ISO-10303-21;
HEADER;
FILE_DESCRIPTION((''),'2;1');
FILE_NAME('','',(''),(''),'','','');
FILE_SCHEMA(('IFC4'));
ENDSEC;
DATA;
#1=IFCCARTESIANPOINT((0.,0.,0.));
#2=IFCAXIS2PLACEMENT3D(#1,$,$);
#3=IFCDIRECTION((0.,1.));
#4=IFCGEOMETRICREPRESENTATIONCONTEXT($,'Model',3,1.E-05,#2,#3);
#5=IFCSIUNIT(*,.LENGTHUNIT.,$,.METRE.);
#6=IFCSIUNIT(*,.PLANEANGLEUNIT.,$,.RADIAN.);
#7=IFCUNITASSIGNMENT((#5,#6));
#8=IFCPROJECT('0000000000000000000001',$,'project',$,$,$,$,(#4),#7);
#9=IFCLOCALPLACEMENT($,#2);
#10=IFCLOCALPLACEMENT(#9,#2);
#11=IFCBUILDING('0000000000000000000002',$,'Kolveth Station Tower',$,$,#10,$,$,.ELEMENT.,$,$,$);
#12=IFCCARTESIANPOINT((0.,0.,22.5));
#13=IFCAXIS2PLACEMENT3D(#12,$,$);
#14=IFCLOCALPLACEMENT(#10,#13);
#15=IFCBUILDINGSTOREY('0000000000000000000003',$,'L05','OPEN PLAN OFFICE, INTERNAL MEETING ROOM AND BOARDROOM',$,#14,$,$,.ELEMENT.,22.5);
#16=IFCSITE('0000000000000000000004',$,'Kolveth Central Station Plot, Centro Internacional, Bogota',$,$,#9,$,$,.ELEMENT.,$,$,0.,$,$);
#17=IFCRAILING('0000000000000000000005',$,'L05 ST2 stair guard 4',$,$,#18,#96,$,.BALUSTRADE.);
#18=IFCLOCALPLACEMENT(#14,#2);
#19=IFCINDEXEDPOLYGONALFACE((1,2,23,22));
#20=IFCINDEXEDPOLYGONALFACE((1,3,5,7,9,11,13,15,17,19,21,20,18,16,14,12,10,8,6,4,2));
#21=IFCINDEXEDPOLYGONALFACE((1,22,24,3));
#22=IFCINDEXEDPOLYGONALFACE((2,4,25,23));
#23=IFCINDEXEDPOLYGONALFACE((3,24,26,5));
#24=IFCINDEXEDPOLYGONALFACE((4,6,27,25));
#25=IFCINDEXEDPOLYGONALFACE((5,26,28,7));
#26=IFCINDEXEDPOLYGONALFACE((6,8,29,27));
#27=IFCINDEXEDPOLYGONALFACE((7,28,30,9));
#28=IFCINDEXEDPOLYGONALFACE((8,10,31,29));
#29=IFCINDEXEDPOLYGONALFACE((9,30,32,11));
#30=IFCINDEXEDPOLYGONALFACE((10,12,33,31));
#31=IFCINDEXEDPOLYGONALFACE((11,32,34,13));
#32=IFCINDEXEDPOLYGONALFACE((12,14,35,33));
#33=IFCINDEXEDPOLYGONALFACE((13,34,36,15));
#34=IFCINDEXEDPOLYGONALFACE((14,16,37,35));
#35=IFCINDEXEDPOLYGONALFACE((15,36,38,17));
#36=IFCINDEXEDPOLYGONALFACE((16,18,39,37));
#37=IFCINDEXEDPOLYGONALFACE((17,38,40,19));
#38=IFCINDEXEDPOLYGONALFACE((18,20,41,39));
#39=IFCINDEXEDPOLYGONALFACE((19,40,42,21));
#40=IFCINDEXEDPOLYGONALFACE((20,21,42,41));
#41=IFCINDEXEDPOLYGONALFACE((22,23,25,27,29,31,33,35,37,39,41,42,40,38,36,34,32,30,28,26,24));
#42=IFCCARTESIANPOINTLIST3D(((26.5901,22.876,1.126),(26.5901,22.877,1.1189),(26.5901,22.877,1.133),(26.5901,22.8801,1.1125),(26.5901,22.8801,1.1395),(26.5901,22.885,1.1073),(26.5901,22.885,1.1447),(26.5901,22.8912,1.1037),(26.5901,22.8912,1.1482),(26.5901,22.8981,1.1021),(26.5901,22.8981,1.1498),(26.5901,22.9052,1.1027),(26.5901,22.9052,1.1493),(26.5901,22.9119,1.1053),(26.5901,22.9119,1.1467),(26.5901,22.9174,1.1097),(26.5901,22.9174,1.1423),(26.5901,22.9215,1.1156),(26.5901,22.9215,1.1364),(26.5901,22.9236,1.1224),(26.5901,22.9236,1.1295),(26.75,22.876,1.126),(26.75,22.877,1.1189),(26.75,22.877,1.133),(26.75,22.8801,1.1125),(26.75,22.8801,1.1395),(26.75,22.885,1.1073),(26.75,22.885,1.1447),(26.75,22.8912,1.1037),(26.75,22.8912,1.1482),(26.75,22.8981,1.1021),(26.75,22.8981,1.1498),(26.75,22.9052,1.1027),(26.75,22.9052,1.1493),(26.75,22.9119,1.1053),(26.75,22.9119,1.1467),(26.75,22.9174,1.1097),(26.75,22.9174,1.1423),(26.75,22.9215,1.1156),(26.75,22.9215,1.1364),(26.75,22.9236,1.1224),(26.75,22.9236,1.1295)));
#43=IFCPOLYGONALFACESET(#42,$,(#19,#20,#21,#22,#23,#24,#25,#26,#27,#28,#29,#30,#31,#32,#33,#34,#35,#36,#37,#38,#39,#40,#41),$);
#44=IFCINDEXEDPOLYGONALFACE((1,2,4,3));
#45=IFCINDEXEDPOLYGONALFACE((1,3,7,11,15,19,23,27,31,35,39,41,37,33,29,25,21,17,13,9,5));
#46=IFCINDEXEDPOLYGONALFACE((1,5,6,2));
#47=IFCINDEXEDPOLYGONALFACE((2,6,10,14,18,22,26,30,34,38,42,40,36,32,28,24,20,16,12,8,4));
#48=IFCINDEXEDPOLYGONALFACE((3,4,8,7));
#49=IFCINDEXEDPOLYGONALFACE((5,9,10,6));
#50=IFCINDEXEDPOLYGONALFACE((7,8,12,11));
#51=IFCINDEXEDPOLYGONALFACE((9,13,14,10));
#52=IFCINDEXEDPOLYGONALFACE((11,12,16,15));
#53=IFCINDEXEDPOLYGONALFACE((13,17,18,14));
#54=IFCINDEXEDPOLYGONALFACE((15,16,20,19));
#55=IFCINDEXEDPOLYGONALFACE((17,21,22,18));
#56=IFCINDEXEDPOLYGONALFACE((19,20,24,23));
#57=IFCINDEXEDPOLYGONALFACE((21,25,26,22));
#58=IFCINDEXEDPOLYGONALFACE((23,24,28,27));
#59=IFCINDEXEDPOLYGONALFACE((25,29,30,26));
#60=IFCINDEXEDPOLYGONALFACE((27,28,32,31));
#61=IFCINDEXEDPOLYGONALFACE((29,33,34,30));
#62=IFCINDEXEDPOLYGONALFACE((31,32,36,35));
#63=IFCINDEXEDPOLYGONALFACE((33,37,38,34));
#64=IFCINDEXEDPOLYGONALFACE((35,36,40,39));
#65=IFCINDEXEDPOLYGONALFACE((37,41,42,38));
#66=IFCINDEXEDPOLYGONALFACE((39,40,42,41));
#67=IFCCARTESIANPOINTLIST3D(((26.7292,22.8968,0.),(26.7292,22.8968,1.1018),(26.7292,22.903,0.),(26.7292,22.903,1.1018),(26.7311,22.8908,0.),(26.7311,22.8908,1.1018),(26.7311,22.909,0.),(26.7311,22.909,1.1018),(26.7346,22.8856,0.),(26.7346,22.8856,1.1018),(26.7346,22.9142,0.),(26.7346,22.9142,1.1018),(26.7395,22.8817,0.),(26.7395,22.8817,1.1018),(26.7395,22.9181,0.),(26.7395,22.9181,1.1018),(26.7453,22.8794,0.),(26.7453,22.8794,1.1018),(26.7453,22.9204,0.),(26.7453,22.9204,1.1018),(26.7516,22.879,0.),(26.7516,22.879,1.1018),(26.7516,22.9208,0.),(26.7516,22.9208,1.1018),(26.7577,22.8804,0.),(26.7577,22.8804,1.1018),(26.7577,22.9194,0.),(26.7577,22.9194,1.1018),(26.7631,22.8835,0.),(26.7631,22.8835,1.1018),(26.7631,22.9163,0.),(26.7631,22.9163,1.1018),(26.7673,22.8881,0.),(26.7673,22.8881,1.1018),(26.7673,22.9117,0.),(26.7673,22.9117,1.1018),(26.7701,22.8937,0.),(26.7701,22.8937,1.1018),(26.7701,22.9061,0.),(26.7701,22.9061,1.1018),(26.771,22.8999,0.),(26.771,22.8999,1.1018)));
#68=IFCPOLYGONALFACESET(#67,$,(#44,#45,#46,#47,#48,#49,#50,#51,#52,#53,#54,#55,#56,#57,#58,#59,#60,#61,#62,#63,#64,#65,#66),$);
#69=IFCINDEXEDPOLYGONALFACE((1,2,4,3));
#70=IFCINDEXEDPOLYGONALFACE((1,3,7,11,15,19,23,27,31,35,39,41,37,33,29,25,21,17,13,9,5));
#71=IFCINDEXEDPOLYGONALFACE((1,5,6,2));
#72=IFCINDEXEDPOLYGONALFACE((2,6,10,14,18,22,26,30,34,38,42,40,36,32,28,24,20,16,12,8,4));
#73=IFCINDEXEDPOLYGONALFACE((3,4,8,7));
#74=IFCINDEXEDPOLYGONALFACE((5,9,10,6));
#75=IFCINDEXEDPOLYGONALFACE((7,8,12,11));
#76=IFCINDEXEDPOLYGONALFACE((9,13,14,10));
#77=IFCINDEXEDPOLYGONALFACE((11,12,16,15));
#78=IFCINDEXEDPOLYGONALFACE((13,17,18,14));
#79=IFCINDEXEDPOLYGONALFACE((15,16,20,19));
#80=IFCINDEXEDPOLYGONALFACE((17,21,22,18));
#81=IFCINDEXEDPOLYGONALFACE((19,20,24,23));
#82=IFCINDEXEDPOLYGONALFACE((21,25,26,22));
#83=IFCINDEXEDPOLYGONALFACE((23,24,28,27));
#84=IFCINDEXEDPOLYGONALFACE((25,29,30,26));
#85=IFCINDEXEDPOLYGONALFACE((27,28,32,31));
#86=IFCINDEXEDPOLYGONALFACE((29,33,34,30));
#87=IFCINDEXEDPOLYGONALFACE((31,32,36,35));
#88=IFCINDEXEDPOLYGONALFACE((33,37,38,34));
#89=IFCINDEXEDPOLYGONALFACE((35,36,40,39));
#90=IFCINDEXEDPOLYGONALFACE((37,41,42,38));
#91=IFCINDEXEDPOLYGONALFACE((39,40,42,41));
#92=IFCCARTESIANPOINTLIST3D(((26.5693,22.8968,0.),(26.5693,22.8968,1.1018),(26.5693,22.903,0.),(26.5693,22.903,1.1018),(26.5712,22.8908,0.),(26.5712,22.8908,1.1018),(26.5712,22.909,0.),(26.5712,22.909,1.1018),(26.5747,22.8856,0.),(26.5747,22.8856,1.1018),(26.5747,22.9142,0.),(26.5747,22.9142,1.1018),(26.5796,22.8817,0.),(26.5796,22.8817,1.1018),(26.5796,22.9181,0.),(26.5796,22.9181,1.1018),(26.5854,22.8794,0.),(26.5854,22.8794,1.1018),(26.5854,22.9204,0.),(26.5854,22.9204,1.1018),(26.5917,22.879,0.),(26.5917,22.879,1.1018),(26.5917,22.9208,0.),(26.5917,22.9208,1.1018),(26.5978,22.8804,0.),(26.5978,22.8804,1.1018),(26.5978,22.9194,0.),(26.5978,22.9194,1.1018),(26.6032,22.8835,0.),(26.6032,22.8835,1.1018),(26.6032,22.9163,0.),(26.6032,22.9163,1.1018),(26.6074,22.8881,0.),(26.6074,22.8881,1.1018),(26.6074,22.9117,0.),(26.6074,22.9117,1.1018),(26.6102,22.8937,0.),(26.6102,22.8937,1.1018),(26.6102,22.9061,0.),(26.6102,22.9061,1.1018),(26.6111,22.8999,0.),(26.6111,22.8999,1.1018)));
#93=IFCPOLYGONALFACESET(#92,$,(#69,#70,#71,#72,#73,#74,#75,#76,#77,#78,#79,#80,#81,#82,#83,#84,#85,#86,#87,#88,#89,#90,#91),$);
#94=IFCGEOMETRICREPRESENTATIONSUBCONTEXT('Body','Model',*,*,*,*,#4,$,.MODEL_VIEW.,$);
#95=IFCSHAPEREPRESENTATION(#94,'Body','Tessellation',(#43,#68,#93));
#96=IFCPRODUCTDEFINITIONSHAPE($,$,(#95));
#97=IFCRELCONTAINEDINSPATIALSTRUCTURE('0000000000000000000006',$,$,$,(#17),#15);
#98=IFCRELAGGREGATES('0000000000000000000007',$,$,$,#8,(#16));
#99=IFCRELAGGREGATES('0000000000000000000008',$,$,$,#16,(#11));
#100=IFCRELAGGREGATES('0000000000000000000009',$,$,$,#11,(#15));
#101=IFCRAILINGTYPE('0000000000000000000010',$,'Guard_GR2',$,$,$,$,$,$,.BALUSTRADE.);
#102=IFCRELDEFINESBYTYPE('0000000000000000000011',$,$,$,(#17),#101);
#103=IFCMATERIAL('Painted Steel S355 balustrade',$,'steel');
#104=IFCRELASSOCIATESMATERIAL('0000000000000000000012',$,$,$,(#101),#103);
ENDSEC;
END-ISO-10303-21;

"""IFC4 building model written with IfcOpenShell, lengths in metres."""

from ifc_helpers import new_model, si_unit, direction, frame, origin, origin_2d, place, context, subcontext, project, spatial, circle, extrude, material, type_object, element, save


model = new_model("IFC4")

# Units and contexts
model_context = context("Model", 3, precision=1e-05, world=origin(), true_north=direction((0.0, 1.0)))
body_context = subcontext(model_context, "Body", "Model", "MODEL_VIEW")
ifc_project = project(units=[si_unit("LENGTHUNIT", "METRE"), si_unit("PLANEANGLEUNIT", "RADIAN")], contexts=[model_context])

# Site, building, storey
site_placement = place(None, origin())
site = spatial("IfcSite", under=ifc_project, at=site_placement, Name="Kolveth Central Station Plot, Centro Internacional, Bogota", CompositionType="ELEMENT", RefElevation=0.0)
building_placement = place(site_placement, origin())
building = spatial("IfcBuilding", under=site, at=building_placement, Name="Kolveth Station Tower", CompositionType="ELEMENT")
storey_placement = place(building_placement, frame((0.0, 0.0, 22.5)))
storey = spatial("IfcBuildingStorey", under=building, at=storey_placement, Name="L05", Description="OPEN PLAN OFFICE, INTERNAL MEETING ROOM AND BOARDROOM", CompositionType="ELEMENT", Elevation=22.5)

# Railing
ifc_material_1 = material(Name="Painted Steel S355 balustrade", Category="steel")
railing_type_1 = type_object("IfcRailingType", Name="Guard_GR2", PredefinedType="BALUSTRADE", material=ifc_material_1)
railing_1_placement = place(storey_placement, frame((26.75, 22.8999, 0.0)))
element("IfcRailing", 1, at=railing_1_placement, inside=storey, type_object=railing_type_1, Name="L05 ST2 stair guard 4", PredefinedType="BALUSTRADE", context=body_context, shape_type="SweptSolid", body=[
    extrude(circle(Radius=0.0239, at=origin_2d()), frame((0.0, 0.0, 1.126), z_axis=(-1.0, 0.0, 0.0), x_axis=(0.0, -1.0, 0.0)), (0.0, 0.0, 1.0), 0.1599),
    extrude(circle(Radius=0.021, at=origin_2d()), origin(), (0.0, 0.0, 1.0), 1.1018),
    extrude(circle(Radius=0.021, at=origin_2d()), frame((-0.1599, 0.0, 0.0)), (0.0, 0.0, 1.0), 1.1018),
])

save(model, "model.ifc")
